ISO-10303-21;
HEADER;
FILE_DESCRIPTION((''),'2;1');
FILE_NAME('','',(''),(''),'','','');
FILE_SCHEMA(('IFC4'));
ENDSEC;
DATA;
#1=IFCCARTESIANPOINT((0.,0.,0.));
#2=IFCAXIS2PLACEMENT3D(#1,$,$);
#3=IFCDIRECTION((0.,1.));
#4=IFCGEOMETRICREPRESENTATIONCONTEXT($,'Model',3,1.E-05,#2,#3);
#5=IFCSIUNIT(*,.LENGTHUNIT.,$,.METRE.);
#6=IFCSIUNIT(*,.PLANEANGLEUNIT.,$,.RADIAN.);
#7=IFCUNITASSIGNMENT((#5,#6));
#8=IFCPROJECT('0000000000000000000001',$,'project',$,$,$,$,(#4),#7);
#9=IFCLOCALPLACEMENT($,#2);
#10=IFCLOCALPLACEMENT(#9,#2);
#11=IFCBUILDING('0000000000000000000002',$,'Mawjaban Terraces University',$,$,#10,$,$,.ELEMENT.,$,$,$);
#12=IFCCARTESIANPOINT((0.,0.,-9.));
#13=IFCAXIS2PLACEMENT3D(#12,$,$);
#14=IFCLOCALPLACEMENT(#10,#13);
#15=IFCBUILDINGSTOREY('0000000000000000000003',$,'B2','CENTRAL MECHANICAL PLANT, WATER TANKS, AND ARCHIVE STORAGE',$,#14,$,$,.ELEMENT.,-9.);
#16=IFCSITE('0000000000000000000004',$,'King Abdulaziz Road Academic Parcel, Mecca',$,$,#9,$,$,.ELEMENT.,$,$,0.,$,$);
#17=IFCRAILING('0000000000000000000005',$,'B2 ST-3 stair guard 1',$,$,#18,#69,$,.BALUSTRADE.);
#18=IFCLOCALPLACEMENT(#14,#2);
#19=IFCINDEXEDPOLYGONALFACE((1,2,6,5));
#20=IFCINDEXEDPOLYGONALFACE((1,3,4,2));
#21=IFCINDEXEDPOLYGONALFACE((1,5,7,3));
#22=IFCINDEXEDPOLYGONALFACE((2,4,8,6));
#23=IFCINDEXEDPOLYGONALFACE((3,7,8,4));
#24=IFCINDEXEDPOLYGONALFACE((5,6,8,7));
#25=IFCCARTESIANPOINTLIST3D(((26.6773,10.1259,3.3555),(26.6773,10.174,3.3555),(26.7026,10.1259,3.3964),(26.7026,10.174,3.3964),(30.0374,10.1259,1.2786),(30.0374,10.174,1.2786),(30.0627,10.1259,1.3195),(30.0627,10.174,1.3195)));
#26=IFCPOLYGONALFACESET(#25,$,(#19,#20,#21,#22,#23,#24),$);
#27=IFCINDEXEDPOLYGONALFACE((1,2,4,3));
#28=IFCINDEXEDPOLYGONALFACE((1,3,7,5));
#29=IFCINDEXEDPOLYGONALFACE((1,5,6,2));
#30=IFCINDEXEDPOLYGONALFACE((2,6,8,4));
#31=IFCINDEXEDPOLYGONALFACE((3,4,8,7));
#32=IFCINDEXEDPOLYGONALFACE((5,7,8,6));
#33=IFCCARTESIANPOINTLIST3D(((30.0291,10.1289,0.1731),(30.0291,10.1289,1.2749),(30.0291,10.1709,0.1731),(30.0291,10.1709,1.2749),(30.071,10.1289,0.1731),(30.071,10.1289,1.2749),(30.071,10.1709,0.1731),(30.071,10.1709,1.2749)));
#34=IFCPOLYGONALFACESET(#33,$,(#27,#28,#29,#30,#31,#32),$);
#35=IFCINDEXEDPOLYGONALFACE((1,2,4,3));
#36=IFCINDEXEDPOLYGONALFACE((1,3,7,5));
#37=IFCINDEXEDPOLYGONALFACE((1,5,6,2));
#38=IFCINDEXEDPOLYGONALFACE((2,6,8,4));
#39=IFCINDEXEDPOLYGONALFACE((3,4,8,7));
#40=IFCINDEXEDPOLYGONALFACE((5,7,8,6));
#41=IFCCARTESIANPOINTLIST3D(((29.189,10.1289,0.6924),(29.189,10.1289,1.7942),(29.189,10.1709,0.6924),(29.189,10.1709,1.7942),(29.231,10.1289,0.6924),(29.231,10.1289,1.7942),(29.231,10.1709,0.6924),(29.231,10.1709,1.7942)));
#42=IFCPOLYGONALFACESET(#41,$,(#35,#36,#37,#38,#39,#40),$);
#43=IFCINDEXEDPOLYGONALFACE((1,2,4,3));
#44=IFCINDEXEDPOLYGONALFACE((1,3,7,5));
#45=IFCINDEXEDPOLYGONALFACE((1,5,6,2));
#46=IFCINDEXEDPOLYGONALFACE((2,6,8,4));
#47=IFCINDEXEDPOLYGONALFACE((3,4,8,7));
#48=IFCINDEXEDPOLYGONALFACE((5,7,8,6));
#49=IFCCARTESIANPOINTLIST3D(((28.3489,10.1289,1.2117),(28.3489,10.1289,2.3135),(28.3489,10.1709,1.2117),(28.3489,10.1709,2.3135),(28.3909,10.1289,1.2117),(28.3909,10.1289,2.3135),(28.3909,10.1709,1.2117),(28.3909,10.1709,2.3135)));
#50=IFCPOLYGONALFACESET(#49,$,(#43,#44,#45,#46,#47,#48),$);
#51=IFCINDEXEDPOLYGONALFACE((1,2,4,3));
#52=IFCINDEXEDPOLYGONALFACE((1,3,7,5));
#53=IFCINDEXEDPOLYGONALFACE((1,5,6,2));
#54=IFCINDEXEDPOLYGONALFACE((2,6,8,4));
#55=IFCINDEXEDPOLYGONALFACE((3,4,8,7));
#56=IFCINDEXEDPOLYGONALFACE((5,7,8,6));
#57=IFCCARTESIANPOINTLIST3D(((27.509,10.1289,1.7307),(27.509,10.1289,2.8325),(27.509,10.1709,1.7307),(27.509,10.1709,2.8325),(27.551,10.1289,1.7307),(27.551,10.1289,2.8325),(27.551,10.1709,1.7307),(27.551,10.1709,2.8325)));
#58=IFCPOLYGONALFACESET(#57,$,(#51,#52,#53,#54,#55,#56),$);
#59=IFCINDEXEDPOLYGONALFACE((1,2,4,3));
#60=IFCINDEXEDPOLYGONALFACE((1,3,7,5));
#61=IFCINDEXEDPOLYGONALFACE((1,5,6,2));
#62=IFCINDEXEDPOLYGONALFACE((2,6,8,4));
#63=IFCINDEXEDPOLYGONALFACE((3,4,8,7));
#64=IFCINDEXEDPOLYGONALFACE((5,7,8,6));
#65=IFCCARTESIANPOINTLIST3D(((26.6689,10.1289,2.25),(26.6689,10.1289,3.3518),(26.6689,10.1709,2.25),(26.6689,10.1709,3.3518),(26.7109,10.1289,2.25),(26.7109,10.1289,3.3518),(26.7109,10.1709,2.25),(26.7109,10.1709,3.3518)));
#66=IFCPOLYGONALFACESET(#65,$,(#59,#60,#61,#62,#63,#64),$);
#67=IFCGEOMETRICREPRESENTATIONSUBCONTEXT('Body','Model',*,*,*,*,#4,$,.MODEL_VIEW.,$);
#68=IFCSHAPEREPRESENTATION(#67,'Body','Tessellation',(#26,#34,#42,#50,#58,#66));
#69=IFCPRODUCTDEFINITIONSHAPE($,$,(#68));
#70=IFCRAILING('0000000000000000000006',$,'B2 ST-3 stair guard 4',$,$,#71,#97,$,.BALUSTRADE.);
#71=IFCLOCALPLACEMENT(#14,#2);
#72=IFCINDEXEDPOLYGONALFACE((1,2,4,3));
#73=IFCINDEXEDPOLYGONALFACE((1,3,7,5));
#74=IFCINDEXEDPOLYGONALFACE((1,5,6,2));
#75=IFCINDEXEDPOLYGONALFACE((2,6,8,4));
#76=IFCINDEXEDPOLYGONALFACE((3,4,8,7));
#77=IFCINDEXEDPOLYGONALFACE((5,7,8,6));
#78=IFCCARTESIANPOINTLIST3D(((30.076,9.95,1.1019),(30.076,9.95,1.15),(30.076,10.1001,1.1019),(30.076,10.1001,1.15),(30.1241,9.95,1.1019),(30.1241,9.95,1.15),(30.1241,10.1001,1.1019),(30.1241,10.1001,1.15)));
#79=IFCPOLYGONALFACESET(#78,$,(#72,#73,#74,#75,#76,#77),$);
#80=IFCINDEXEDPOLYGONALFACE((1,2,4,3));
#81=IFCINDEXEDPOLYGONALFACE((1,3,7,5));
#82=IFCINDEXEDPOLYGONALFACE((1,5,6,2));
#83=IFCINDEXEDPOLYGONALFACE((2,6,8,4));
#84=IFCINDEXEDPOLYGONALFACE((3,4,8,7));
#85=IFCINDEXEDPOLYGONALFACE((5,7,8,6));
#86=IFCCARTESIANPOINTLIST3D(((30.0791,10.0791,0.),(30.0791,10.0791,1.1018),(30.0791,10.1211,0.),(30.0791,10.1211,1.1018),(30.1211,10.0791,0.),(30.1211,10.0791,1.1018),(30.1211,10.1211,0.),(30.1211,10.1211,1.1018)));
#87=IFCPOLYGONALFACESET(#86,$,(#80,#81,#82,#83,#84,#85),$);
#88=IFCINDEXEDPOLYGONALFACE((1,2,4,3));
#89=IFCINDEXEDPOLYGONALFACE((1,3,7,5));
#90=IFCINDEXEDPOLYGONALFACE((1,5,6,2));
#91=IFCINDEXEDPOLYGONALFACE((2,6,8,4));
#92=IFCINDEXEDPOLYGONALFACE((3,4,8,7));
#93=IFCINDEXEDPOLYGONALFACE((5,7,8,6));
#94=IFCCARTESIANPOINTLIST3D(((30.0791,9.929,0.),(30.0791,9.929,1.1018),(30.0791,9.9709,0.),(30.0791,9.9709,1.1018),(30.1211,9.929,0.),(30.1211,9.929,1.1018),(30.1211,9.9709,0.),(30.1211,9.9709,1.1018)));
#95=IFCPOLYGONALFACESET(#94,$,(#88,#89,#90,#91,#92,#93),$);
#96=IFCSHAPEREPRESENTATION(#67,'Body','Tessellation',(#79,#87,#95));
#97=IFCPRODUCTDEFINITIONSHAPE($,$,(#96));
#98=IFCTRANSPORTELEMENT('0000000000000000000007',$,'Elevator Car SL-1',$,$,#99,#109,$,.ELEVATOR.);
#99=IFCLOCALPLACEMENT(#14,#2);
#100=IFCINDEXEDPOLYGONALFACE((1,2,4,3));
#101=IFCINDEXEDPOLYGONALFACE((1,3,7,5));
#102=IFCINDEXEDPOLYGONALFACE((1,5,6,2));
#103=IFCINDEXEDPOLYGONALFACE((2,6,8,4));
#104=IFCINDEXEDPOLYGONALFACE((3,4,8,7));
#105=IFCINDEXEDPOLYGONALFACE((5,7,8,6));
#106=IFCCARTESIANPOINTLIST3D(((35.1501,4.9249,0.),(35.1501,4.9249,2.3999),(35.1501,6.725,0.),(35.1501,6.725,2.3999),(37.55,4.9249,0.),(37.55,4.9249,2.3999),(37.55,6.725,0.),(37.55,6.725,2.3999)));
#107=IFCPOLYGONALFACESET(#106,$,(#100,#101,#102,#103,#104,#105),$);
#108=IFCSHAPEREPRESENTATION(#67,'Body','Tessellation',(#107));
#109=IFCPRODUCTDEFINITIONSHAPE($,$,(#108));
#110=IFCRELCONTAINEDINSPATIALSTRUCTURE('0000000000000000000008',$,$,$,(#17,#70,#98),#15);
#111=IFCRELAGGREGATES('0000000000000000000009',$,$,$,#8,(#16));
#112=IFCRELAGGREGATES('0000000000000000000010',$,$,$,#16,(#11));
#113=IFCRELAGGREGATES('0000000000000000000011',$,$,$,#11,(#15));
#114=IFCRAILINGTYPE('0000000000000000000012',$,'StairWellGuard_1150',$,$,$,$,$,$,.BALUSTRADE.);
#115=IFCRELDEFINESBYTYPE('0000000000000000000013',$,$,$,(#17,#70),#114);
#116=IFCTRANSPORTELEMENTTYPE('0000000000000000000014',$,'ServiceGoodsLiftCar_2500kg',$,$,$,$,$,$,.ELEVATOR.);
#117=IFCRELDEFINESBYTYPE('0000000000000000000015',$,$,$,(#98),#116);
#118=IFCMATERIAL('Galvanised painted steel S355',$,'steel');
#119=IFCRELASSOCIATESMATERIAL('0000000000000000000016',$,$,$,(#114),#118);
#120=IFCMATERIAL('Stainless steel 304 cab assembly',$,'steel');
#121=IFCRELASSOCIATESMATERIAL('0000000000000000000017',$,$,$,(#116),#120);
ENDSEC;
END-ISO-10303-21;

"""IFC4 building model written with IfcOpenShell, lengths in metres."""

from ifc_helpers import new_model, si_unit, direction, frame, origin, origin_2d, place, context, subcontext, project, spatial, rectangle, extrude, material, type_object, element, save


model = new_model("IFC4")

# Units and contexts
model_context = context("Model", 3, precision=1e-05, world=origin(), true_north=direction((0.0, 1.0)))
body_context = subcontext(model_context, "Body", "Model", "MODEL_VIEW")
ifc_project = project(units=[si_unit("LENGTHUNIT", "METRE"), si_unit("PLANEANGLEUNIT", "RADIAN")], contexts=[model_context])

# Site, building, storey
site_placement = place(None, origin())
site = spatial("IfcSite", under=ifc_project, at=site_placement, Name="King Abdulaziz Road Academic Parcel, Mecca", CompositionType="ELEMENT", RefElevation=0.0)
building_placement = place(site_placement, origin())
building = spatial("IfcBuilding", under=site, at=building_placement, Name="Mawjaban Terraces University", CompositionType="ELEMENT")
storey_placement = place(building_placement, frame((0.0, 0.0, -9.0)))
storey = spatial("IfcBuildingStorey", under=building, at=storey_placement, Name="B2", Description="CENTRAL MECHANICAL PLANT, WATER TANKS, AND ARCHIVE STORAGE", CompositionType="ELEMENT", Elevation=-9.0)

# Railings
ifc_material_1 = material(Name="Galvanised painted steel S355", Category="steel")
railing_type_1 = type_object("IfcRailingType", Name="StairWellGuard_1150", PredefinedType="BALUSTRADE", material=ifc_material_1)
railing_1_placement = place(storey_placement, frame((30.05, 10.1499, 0.1731)))
element("IfcRailing", 1, at=railing_1_placement, inside=storey, type_object=railing_type_1, Name="B2 ST-3 stair guard 1", PredefinedType="BALUSTRADE", context=body_context, shape_type="SweptSolid", body=[
    extrude(rectangle(XDim=0.0481, YDim=0.0481, at=origin_2d()), frame((0.0, 0.0, 1.126), z_axis=(-0.850623, 0.0, 0.525776), x_axis=(0.0, -1.0, 0.0)), (0.0, 0.0, 1.0), 3.9502),
    extrude(rectangle(XDim=0.042, YDim=0.042, at=origin_2d()), origin(), (0.0, 0.0, 1.0), 1.1018),
    extrude(rectangle(XDim=0.042, YDim=0.042, at=origin_2d()), frame((-0.8401, 0.0, 0.5193)), (0.0, 0.0, 1.0), 1.1018),
    extrude(rectangle(XDim=0.042, YDim=0.042, at=origin_2d()), frame((-1.6802, 0.0, 1.0386)), (0.0, 0.0, 1.0), 1.1018),
    extrude(rectangle(XDim=0.042, YDim=0.042, at=origin_2d()), frame((-2.52, 0.0, 1.5576)), (0.0, 0.0, 1.0), 1.1018),
    extrude(rectangle(XDim=0.042, YDim=0.042, at=origin_2d()), frame((-3.3601, 0.0, 2.0769)), (0.0, 0.0, 1.0), 1.1018),
])
railing_2_placement = place(storey_placement, frame((30.1001, 10.1001, 0.0)))
element("IfcRailing", 2, at=railing_2_placement, inside=storey, type_object=railing_type_1, Name="B2 ST-3 stair guard 4", PredefinedType="BALUSTRADE", context=body_context, shape_type="SweptSolid", body=[
    extrude(rectangle(XDim=0.0481, YDim=0.0481, at=origin_2d()), frame((0.0, 0.0, 1.126), z_axis=(0.0, -1.0, 0.0), x_axis=(1.0, 0.0, 0.0)), (0.0, 0.0, 1.0), 0.1501),
    extrude(rectangle(XDim=0.042, YDim=0.042, at=origin_2d()), origin(), (0.0, 0.0, 1.0), 1.1018),
    extrude(rectangle(XDim=0.042, YDim=0.042, at=origin_2d()), frame((0.0, -0.1501, 0.0)), (0.0, 0.0, 1.0), 1.1018),
])

# Transport element
ifc_material_2 = material(Name="Stainless steel 304 cab assembly", Category="steel")
transport_element_type = type_object("IfcTransportElementType", Name="ServiceGoodsLiftCar_2500kg", PredefinedType="ELEVATOR", material=ifc_material_2)
transport_element_placement = place(storey_placement, frame((36.3501, 5.825, 0.0), z_axis=(0.0, 0.0, 1.0), x_axis=(1.0, 0.0, 0.0)))
element("IfcTransportElement", 3, at=transport_element_placement, inside=storey, type_object=transport_element_type, Name="Elevator Car SL-1", PredefinedType="ELEVATOR", context=body_context, shape_type="SweptSolid", body=[
    extrude(rectangle(XDim=2.3999, YDim=1.8, at=origin_2d()), origin(), (0.0, 0.0, 1.0), 2.3999),
])

save(model, "model.ifc")
